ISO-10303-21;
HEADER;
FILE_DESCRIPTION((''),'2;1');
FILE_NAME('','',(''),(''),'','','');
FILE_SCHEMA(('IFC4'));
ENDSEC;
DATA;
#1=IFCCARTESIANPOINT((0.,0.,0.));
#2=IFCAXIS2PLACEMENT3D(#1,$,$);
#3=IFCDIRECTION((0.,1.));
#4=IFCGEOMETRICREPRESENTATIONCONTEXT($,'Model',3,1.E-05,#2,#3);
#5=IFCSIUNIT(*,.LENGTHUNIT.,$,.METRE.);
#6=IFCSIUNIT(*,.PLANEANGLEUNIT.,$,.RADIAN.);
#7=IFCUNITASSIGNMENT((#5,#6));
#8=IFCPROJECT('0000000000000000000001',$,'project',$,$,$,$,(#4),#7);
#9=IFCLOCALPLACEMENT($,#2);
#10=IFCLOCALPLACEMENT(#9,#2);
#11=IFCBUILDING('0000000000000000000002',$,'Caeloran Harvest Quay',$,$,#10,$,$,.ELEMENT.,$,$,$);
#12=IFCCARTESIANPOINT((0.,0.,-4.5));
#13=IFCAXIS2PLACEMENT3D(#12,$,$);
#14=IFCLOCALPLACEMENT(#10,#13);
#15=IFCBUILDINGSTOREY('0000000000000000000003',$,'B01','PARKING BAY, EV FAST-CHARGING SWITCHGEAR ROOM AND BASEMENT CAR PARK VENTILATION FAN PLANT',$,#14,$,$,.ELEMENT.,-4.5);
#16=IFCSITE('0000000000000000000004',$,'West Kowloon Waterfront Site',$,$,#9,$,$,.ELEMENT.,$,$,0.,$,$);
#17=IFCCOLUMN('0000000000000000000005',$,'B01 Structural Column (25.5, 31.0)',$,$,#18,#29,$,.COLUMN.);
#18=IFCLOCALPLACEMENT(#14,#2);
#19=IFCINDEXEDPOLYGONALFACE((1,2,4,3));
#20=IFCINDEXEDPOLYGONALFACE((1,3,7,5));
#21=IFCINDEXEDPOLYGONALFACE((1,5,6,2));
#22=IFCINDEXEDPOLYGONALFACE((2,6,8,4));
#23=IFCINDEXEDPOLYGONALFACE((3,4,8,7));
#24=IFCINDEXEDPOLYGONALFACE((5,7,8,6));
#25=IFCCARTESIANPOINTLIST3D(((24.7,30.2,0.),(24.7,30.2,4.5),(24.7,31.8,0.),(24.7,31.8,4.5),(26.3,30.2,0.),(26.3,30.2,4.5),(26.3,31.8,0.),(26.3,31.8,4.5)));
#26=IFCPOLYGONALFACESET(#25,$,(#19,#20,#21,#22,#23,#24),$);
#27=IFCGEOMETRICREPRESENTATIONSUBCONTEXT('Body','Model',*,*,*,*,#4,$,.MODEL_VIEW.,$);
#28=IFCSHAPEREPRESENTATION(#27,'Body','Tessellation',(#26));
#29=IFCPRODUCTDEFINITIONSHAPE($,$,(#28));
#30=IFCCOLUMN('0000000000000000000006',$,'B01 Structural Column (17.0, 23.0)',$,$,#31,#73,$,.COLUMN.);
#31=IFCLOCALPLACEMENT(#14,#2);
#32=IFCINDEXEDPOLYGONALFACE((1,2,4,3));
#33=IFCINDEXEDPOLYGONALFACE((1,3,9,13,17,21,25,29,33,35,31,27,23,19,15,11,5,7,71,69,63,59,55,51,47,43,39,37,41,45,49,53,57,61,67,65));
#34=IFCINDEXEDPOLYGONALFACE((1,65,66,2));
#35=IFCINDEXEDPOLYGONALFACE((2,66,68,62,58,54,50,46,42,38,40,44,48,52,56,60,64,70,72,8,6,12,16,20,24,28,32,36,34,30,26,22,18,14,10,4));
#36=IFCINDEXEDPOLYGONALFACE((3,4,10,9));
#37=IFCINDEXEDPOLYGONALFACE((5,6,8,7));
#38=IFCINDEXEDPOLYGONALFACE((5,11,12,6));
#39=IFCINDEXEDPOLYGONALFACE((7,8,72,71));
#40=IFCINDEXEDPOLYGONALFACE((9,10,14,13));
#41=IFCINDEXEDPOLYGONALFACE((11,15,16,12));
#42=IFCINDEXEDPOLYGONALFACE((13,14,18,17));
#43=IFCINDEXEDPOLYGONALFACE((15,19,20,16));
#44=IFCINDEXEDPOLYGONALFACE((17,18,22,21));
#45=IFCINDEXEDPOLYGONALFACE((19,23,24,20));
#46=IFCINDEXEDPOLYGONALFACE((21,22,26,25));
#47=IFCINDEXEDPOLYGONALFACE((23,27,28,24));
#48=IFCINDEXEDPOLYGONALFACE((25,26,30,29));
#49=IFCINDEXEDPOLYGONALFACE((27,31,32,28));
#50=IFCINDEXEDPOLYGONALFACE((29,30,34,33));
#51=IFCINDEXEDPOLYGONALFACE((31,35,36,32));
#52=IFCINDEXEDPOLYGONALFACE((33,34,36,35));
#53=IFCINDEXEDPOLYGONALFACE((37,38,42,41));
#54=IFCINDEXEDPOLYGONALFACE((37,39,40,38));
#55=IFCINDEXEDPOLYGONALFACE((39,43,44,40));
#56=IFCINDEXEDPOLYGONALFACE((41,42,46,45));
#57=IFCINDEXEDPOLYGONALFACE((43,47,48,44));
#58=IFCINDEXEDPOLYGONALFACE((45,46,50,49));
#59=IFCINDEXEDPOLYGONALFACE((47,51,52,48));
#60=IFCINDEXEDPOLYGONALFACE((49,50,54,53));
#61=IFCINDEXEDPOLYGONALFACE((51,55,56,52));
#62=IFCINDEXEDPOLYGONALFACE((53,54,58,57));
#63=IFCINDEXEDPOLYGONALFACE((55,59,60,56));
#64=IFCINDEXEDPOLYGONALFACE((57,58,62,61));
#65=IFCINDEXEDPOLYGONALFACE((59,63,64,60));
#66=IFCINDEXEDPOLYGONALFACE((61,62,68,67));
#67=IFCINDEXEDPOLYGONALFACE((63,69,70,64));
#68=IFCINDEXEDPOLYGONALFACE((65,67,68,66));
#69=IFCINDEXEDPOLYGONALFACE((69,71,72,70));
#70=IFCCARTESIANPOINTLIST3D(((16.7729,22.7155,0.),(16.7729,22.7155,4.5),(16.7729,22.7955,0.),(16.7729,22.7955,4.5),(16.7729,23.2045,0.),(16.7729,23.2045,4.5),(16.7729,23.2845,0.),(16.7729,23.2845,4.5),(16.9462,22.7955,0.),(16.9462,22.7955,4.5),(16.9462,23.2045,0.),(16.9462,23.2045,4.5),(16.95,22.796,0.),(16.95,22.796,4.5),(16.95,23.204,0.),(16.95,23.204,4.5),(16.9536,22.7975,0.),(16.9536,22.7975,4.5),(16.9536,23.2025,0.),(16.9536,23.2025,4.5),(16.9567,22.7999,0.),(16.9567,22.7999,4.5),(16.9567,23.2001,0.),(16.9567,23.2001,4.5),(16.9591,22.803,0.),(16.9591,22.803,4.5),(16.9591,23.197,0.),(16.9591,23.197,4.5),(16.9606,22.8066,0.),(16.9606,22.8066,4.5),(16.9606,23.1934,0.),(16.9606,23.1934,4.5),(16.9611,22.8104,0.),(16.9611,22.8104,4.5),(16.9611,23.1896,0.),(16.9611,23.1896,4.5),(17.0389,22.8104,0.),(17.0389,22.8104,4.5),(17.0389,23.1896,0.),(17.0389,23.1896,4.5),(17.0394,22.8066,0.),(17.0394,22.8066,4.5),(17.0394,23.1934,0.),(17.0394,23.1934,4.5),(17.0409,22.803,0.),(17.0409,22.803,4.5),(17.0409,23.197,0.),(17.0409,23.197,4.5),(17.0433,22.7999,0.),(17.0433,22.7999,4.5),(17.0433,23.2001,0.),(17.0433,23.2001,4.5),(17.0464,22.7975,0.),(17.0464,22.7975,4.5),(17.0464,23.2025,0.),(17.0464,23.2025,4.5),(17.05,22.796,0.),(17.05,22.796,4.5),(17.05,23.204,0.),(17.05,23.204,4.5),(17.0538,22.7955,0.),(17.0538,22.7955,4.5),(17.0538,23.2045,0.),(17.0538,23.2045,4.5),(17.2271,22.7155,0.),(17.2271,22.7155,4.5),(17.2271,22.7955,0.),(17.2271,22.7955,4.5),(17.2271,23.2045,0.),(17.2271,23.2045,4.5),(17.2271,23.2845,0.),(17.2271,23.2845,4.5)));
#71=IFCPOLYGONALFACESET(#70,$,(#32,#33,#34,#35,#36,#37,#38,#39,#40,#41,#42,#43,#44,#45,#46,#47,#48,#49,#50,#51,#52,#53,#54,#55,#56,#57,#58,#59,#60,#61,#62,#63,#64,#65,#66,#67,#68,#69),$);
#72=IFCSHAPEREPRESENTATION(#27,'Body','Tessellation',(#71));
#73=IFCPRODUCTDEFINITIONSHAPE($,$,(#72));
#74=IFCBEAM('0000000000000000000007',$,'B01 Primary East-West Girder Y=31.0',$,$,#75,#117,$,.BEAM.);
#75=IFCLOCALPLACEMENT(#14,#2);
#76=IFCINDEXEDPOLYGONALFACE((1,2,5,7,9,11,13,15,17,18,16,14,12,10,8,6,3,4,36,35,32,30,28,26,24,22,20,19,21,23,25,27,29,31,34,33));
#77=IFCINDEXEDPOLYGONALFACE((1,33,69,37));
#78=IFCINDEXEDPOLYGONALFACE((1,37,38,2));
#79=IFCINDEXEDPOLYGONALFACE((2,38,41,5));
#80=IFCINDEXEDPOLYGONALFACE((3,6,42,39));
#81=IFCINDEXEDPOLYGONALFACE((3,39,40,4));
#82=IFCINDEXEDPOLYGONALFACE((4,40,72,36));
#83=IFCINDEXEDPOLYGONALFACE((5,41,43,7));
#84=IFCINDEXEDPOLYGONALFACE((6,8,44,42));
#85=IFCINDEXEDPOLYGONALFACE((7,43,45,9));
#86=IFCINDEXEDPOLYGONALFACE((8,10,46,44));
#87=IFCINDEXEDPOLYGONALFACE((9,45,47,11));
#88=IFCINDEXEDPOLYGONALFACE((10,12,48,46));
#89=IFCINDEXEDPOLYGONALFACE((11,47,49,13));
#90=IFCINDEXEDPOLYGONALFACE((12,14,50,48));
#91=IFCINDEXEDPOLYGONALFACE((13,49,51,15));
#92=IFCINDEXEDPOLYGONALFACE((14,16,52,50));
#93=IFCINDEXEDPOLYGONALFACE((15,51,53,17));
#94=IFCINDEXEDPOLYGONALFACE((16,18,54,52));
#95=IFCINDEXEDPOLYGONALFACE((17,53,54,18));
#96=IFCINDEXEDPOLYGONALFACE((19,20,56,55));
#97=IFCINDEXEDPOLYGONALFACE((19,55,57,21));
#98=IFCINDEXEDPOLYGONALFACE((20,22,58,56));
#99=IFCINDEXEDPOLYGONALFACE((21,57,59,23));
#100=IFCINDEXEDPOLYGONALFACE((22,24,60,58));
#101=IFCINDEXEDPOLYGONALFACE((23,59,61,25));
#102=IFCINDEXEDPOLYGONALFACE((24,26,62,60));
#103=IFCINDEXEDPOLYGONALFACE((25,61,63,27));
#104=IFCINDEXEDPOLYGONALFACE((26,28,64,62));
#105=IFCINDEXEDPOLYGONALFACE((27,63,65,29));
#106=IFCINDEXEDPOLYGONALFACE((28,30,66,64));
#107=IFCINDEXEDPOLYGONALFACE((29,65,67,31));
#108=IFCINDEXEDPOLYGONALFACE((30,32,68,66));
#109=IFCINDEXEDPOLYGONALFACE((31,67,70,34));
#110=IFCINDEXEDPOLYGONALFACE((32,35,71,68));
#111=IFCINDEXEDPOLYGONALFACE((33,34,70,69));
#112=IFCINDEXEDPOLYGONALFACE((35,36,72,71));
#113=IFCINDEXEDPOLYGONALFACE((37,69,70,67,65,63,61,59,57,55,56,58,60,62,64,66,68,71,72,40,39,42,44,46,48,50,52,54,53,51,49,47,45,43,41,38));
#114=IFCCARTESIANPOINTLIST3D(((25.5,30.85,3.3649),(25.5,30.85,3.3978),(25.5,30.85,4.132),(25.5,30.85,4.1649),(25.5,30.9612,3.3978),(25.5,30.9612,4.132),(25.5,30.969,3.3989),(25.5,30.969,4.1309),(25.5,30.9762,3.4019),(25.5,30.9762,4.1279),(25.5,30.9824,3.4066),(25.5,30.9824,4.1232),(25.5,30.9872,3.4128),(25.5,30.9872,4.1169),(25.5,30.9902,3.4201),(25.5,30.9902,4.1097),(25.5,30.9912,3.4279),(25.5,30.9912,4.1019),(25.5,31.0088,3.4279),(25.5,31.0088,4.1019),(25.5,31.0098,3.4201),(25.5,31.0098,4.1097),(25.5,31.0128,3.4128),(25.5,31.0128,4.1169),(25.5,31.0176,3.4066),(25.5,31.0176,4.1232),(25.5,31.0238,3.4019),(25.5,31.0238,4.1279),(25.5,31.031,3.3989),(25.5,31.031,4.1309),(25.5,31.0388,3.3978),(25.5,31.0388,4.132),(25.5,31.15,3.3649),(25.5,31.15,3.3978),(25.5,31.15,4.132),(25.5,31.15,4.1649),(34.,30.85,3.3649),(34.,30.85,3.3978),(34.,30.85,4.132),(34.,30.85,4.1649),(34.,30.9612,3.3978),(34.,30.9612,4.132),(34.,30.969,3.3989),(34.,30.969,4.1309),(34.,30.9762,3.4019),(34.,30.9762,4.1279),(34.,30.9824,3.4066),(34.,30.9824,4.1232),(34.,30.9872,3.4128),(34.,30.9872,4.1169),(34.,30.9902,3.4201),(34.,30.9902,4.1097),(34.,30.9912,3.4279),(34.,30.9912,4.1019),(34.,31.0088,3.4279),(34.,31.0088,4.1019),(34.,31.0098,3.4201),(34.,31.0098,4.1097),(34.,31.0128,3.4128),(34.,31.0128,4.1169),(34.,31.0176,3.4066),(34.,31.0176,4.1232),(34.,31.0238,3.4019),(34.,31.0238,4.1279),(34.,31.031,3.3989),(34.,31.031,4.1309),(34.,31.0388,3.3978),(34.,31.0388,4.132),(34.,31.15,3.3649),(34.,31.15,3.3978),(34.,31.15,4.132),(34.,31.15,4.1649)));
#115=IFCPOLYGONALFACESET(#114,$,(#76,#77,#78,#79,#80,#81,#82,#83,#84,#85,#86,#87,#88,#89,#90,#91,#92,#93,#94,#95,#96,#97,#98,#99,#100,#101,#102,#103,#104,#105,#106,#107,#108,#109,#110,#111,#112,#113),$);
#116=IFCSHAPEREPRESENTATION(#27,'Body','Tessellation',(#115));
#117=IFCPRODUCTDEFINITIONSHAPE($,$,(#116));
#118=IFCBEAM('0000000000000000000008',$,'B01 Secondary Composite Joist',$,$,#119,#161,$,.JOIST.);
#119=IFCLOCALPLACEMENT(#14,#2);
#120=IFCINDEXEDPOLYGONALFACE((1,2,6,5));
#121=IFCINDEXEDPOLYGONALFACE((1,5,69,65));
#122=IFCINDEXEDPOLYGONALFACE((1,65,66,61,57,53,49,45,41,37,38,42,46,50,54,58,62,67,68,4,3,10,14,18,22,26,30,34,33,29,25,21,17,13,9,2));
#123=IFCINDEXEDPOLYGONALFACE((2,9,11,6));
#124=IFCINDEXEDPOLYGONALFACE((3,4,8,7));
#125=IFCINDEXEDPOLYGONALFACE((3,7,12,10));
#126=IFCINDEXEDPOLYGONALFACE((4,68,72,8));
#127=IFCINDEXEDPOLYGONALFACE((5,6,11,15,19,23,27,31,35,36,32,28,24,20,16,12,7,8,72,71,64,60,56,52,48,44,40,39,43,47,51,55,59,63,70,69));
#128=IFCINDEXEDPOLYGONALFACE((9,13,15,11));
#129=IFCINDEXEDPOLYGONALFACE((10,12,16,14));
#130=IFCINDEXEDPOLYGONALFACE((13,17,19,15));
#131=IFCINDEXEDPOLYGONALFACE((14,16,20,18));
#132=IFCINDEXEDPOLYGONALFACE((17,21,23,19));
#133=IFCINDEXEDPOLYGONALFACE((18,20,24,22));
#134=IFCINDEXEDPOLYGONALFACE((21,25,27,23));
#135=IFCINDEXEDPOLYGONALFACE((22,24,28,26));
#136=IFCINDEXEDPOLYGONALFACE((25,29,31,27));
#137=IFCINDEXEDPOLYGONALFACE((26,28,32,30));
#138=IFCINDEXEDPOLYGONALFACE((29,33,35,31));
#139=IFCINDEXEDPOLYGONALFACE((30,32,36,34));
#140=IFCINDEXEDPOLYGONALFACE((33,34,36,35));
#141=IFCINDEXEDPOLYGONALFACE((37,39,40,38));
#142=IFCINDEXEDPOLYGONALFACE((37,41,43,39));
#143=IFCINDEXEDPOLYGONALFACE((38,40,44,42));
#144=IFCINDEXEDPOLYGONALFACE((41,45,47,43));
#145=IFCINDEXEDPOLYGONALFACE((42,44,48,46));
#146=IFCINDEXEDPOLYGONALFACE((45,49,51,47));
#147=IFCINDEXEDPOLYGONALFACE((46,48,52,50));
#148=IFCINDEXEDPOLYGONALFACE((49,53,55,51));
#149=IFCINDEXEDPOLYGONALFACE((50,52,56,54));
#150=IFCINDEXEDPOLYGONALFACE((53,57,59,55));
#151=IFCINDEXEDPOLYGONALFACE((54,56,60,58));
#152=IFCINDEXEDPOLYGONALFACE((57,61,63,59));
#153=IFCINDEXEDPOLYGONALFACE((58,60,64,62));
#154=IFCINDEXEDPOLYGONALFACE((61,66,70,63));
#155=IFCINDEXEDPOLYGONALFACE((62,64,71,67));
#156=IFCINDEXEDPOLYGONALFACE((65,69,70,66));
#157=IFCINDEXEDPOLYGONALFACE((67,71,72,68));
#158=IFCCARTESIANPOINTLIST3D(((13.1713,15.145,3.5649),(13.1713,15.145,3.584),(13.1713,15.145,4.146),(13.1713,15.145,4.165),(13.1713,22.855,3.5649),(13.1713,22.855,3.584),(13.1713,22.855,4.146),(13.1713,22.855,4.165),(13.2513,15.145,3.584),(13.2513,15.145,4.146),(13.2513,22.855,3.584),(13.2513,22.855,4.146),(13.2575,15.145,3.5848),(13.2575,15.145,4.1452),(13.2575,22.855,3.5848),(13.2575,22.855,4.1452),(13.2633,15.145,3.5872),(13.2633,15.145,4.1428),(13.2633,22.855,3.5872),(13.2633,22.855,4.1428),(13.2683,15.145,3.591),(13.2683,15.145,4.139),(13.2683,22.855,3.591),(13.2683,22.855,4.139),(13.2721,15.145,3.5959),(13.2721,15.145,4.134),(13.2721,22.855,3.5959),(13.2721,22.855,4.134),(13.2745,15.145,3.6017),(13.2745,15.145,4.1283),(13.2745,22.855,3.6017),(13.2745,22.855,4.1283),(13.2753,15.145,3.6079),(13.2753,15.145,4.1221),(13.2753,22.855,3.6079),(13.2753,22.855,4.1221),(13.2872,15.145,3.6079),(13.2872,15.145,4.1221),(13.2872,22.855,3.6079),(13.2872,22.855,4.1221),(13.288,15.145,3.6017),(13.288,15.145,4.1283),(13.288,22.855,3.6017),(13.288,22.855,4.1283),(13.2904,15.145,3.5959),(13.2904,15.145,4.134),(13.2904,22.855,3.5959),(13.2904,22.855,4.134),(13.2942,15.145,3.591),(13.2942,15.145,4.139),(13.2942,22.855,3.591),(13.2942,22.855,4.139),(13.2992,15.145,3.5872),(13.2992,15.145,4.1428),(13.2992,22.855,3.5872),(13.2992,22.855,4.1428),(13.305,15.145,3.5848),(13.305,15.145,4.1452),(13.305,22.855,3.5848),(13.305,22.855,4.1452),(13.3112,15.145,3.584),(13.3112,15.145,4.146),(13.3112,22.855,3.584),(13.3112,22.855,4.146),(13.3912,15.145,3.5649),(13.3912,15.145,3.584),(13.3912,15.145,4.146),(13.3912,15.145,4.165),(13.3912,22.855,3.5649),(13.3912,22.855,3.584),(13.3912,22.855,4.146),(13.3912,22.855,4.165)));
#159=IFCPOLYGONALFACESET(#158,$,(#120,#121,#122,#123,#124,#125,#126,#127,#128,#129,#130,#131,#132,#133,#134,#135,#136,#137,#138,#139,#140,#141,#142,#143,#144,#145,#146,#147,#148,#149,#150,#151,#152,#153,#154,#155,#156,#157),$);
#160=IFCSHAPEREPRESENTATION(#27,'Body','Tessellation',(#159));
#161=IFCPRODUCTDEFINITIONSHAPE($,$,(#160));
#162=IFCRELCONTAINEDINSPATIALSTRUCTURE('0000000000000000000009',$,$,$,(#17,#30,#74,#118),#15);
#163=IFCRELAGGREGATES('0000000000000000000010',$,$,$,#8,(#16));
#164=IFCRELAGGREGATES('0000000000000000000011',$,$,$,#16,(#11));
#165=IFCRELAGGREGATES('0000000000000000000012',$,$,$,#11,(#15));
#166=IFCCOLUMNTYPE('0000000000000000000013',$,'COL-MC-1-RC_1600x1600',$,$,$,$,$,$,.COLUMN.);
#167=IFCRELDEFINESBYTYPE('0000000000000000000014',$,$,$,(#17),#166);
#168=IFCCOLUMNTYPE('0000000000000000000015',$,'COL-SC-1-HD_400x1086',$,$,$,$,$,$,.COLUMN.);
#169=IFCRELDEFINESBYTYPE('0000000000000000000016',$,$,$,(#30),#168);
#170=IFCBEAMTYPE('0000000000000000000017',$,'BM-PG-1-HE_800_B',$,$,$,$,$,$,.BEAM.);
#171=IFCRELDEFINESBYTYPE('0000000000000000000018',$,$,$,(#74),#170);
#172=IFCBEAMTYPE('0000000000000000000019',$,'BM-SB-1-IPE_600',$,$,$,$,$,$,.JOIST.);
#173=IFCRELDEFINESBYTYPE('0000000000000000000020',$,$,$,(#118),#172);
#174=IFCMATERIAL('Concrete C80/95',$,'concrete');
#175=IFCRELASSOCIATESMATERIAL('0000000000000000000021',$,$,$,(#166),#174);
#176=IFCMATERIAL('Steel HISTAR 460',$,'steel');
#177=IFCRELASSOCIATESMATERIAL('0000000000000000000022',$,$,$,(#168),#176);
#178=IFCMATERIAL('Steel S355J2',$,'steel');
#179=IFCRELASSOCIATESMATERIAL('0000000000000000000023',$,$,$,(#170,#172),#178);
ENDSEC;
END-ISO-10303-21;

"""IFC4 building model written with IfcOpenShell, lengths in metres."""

from ifc_helpers import new_model, si_unit, direction, frame, origin, origin_2d, place, context, subcontext, project, spatial, rectangle, i_section, extrude, material, material_profile, profile_set, type_object, element, save


model = new_model("IFC4")

# Units and contexts
model_context = context("Model", 3, precision=1e-05, world=origin(), true_north=direction((0.0, 1.0)))
body_context = subcontext(model_context, "Body", "Model", "MODEL_VIEW")
ifc_project = project(units=[si_unit("LENGTHUNIT", "METRE"), si_unit("PLANEANGLEUNIT", "RADIAN")], contexts=[model_context])

# Site, building, storey
site_placement = place(None, origin())
site = spatial("IfcSite", under=ifc_project, at=site_placement, Name="West Kowloon Waterfront Site", CompositionType="ELEMENT", RefElevation=0.0)
building_placement = place(site_placement, origin())
building = spatial("IfcBuilding", under=site, at=building_placement, Name="Caeloran Harvest Quay", CompositionType="ELEMENT")
storey_placement = place(building_placement, frame((0.0, 0.0, -4.5)))
storey = spatial("IfcBuildingStorey", under=building, at=storey_placement, Name="B01", Description="PARKING BAY, EV FAST-CHARGING SWITCHGEAR ROOM AND BASEMENT CAR PARK VENTILATION FAN PLANT", CompositionType="ELEMENT", Elevation=-4.5)

# Columns
ifc_material_1 = material(Name="Concrete C80/95", Category="concrete")
ifc_material_profile_1 = material_profile(ifc_material_1, rectangle(XDim=1.6001, YDim=1.6001, at=origin_2d()), Name="RC 1600x1600")
ifc_profile_set_1 = profile_set([ifc_material_profile_1], Name="Concrete C80/95")
column_type_1 = type_object("IfcColumnType", Name="COL-MC-1-RC_1600x1600", PredefinedType="COLUMN", material=ifc_profile_set_1)
column_1_placement = place(storey_placement, frame((25.5, 31.0, 0.0), z_axis=(0.0, 0.0, 1.0), x_axis=(1.0, 0.0, 0.0)))
element("IfcColumn", 1, at=column_1_placement, inside=storey, type_object=column_type_1, Name="B01 Structural Column (25.5, 31.0)", PredefinedType="COLUMN", context=body_context, shape_type="SweptSolid", body=[
    extrude(rectangle(XDim=1.6001, YDim=1.6001, at=origin_2d()), origin(), (0.0, 0.0, 1.0), 4.5),
])
ifc_material_2 = material(Name="Steel HISTAR 460", Category="steel")
ifc_material_profile_2 = material_profile(ifc_material_2, i_section(OverallWidth=0.4541, OverallDepth=0.5691, WebThickness=0.0779, FlangeThickness=0.0801, FilletRadius=0.0149, at=origin_2d()), Name="HD 400x1086")
ifc_profile_set_2 = profile_set([ifc_material_profile_2], Name="Steel HISTAR 460")
column_type_2 = type_object("IfcColumnType", Name="COL-SC-1-HD_400x1086", PredefinedType="COLUMN", material=ifc_profile_set_2)
column_2_placement = place(storey_placement, frame((17.0, 23.0, 0.0), z_axis=(0.0, 0.0, 1.0), x_axis=(1.0, 0.0, 0.0)))
element("IfcColumn", 2, at=column_2_placement, inside=storey, type_object=column_type_2, Name="B01 Structural Column (17.0, 23.0)", PredefinedType="COLUMN", context=body_context, shape_type="SweptSolid", body=[
    extrude(i_section(OverallWidth=0.4541, OverallDepth=0.5691, WebThickness=0.0779, FlangeThickness=0.0801, FilletRadius=0.0149, at=origin_2d()), origin(), (0.0, 0.0, 1.0), 4.5),
])

# Beams
ifc_material_3 = material(Name="Steel S355J2", Category="steel")
ifc_material_profile_3 = material_profile(ifc_material_3, i_section(OverallWidth=0.3, OverallDepth=0.8, WebThickness=0.0176, FlangeThickness=0.033, FilletRadius=0.03, at=origin_2d()), Name="HE 800 B")
ifc_profile_set_3 = profile_set([ifc_material_profile_3], Name="Steel S355J2")
beam_type_1 = type_object("IfcBeamType", Name="BM-PG-1-HE_800_B", PredefinedType="BEAM", material=ifc_profile_set_3)
beam_1_placement = place(storey_placement, frame((25.5, 31.0, 3.7649), z_axis=(1.0, 0.0, 0.0), x_axis=(0.0, 1.0, 0.0)))
element("IfcBeam", 3, at=beam_1_placement, inside=storey, type_object=beam_type_1, Name="B01 Primary East-West Girder Y=31.0", PredefinedType="BEAM", context=body_context, shape_type="SweptSolid", body=[
    extrude(i_section(OverallWidth=0.3, OverallDepth=0.8, WebThickness=0.0176, FlangeThickness=0.033, FilletRadius=0.03, at=origin_2d()), origin(), (0.0, 0.0, 1.0), 8.5),
])
ifc_material_profile_4 = material_profile(ifc_material_3, i_section(OverallWidth=0.22, OverallDepth=0.6001, WebThickness=0.012, FlangeThickness=0.019, FilletRadius=0.0239, at=origin_2d()), Name="IPE 600")
ifc_profile_set_4 = profile_set([ifc_material_profile_4], Name="Steel S355J2")
beam_type_2 = type_object("IfcBeamType", Name="BM-SB-1-IPE_600", PredefinedType="JOIST", material=ifc_profile_set_4)
for number, where, z_axis, x_axis, name in (
    (4, (13.2812, 15.145, 3.865), (0.0, 1.0, 0.0), (-1.0, 0.0, 0.0), "B01 Secondary Composite Joist"),
):
    element("IfcBeam", number, at=place(storey_placement, frame(where, z_axis=z_axis, x_axis=x_axis)), inside=storey, type_object=beam_type_2, Name=name, PredefinedType="JOIST", context=body_context, shape_type="SweptSolid", body=[
        extrude(i_section(OverallWidth=0.22, OverallDepth=0.6001, WebThickness=0.012, FlangeThickness=0.019, FilletRadius=0.0239, at=origin_2d()), origin(), (0.0, 0.0, 1.0), 7.71),
    ])

save(model, "model.ifc")
